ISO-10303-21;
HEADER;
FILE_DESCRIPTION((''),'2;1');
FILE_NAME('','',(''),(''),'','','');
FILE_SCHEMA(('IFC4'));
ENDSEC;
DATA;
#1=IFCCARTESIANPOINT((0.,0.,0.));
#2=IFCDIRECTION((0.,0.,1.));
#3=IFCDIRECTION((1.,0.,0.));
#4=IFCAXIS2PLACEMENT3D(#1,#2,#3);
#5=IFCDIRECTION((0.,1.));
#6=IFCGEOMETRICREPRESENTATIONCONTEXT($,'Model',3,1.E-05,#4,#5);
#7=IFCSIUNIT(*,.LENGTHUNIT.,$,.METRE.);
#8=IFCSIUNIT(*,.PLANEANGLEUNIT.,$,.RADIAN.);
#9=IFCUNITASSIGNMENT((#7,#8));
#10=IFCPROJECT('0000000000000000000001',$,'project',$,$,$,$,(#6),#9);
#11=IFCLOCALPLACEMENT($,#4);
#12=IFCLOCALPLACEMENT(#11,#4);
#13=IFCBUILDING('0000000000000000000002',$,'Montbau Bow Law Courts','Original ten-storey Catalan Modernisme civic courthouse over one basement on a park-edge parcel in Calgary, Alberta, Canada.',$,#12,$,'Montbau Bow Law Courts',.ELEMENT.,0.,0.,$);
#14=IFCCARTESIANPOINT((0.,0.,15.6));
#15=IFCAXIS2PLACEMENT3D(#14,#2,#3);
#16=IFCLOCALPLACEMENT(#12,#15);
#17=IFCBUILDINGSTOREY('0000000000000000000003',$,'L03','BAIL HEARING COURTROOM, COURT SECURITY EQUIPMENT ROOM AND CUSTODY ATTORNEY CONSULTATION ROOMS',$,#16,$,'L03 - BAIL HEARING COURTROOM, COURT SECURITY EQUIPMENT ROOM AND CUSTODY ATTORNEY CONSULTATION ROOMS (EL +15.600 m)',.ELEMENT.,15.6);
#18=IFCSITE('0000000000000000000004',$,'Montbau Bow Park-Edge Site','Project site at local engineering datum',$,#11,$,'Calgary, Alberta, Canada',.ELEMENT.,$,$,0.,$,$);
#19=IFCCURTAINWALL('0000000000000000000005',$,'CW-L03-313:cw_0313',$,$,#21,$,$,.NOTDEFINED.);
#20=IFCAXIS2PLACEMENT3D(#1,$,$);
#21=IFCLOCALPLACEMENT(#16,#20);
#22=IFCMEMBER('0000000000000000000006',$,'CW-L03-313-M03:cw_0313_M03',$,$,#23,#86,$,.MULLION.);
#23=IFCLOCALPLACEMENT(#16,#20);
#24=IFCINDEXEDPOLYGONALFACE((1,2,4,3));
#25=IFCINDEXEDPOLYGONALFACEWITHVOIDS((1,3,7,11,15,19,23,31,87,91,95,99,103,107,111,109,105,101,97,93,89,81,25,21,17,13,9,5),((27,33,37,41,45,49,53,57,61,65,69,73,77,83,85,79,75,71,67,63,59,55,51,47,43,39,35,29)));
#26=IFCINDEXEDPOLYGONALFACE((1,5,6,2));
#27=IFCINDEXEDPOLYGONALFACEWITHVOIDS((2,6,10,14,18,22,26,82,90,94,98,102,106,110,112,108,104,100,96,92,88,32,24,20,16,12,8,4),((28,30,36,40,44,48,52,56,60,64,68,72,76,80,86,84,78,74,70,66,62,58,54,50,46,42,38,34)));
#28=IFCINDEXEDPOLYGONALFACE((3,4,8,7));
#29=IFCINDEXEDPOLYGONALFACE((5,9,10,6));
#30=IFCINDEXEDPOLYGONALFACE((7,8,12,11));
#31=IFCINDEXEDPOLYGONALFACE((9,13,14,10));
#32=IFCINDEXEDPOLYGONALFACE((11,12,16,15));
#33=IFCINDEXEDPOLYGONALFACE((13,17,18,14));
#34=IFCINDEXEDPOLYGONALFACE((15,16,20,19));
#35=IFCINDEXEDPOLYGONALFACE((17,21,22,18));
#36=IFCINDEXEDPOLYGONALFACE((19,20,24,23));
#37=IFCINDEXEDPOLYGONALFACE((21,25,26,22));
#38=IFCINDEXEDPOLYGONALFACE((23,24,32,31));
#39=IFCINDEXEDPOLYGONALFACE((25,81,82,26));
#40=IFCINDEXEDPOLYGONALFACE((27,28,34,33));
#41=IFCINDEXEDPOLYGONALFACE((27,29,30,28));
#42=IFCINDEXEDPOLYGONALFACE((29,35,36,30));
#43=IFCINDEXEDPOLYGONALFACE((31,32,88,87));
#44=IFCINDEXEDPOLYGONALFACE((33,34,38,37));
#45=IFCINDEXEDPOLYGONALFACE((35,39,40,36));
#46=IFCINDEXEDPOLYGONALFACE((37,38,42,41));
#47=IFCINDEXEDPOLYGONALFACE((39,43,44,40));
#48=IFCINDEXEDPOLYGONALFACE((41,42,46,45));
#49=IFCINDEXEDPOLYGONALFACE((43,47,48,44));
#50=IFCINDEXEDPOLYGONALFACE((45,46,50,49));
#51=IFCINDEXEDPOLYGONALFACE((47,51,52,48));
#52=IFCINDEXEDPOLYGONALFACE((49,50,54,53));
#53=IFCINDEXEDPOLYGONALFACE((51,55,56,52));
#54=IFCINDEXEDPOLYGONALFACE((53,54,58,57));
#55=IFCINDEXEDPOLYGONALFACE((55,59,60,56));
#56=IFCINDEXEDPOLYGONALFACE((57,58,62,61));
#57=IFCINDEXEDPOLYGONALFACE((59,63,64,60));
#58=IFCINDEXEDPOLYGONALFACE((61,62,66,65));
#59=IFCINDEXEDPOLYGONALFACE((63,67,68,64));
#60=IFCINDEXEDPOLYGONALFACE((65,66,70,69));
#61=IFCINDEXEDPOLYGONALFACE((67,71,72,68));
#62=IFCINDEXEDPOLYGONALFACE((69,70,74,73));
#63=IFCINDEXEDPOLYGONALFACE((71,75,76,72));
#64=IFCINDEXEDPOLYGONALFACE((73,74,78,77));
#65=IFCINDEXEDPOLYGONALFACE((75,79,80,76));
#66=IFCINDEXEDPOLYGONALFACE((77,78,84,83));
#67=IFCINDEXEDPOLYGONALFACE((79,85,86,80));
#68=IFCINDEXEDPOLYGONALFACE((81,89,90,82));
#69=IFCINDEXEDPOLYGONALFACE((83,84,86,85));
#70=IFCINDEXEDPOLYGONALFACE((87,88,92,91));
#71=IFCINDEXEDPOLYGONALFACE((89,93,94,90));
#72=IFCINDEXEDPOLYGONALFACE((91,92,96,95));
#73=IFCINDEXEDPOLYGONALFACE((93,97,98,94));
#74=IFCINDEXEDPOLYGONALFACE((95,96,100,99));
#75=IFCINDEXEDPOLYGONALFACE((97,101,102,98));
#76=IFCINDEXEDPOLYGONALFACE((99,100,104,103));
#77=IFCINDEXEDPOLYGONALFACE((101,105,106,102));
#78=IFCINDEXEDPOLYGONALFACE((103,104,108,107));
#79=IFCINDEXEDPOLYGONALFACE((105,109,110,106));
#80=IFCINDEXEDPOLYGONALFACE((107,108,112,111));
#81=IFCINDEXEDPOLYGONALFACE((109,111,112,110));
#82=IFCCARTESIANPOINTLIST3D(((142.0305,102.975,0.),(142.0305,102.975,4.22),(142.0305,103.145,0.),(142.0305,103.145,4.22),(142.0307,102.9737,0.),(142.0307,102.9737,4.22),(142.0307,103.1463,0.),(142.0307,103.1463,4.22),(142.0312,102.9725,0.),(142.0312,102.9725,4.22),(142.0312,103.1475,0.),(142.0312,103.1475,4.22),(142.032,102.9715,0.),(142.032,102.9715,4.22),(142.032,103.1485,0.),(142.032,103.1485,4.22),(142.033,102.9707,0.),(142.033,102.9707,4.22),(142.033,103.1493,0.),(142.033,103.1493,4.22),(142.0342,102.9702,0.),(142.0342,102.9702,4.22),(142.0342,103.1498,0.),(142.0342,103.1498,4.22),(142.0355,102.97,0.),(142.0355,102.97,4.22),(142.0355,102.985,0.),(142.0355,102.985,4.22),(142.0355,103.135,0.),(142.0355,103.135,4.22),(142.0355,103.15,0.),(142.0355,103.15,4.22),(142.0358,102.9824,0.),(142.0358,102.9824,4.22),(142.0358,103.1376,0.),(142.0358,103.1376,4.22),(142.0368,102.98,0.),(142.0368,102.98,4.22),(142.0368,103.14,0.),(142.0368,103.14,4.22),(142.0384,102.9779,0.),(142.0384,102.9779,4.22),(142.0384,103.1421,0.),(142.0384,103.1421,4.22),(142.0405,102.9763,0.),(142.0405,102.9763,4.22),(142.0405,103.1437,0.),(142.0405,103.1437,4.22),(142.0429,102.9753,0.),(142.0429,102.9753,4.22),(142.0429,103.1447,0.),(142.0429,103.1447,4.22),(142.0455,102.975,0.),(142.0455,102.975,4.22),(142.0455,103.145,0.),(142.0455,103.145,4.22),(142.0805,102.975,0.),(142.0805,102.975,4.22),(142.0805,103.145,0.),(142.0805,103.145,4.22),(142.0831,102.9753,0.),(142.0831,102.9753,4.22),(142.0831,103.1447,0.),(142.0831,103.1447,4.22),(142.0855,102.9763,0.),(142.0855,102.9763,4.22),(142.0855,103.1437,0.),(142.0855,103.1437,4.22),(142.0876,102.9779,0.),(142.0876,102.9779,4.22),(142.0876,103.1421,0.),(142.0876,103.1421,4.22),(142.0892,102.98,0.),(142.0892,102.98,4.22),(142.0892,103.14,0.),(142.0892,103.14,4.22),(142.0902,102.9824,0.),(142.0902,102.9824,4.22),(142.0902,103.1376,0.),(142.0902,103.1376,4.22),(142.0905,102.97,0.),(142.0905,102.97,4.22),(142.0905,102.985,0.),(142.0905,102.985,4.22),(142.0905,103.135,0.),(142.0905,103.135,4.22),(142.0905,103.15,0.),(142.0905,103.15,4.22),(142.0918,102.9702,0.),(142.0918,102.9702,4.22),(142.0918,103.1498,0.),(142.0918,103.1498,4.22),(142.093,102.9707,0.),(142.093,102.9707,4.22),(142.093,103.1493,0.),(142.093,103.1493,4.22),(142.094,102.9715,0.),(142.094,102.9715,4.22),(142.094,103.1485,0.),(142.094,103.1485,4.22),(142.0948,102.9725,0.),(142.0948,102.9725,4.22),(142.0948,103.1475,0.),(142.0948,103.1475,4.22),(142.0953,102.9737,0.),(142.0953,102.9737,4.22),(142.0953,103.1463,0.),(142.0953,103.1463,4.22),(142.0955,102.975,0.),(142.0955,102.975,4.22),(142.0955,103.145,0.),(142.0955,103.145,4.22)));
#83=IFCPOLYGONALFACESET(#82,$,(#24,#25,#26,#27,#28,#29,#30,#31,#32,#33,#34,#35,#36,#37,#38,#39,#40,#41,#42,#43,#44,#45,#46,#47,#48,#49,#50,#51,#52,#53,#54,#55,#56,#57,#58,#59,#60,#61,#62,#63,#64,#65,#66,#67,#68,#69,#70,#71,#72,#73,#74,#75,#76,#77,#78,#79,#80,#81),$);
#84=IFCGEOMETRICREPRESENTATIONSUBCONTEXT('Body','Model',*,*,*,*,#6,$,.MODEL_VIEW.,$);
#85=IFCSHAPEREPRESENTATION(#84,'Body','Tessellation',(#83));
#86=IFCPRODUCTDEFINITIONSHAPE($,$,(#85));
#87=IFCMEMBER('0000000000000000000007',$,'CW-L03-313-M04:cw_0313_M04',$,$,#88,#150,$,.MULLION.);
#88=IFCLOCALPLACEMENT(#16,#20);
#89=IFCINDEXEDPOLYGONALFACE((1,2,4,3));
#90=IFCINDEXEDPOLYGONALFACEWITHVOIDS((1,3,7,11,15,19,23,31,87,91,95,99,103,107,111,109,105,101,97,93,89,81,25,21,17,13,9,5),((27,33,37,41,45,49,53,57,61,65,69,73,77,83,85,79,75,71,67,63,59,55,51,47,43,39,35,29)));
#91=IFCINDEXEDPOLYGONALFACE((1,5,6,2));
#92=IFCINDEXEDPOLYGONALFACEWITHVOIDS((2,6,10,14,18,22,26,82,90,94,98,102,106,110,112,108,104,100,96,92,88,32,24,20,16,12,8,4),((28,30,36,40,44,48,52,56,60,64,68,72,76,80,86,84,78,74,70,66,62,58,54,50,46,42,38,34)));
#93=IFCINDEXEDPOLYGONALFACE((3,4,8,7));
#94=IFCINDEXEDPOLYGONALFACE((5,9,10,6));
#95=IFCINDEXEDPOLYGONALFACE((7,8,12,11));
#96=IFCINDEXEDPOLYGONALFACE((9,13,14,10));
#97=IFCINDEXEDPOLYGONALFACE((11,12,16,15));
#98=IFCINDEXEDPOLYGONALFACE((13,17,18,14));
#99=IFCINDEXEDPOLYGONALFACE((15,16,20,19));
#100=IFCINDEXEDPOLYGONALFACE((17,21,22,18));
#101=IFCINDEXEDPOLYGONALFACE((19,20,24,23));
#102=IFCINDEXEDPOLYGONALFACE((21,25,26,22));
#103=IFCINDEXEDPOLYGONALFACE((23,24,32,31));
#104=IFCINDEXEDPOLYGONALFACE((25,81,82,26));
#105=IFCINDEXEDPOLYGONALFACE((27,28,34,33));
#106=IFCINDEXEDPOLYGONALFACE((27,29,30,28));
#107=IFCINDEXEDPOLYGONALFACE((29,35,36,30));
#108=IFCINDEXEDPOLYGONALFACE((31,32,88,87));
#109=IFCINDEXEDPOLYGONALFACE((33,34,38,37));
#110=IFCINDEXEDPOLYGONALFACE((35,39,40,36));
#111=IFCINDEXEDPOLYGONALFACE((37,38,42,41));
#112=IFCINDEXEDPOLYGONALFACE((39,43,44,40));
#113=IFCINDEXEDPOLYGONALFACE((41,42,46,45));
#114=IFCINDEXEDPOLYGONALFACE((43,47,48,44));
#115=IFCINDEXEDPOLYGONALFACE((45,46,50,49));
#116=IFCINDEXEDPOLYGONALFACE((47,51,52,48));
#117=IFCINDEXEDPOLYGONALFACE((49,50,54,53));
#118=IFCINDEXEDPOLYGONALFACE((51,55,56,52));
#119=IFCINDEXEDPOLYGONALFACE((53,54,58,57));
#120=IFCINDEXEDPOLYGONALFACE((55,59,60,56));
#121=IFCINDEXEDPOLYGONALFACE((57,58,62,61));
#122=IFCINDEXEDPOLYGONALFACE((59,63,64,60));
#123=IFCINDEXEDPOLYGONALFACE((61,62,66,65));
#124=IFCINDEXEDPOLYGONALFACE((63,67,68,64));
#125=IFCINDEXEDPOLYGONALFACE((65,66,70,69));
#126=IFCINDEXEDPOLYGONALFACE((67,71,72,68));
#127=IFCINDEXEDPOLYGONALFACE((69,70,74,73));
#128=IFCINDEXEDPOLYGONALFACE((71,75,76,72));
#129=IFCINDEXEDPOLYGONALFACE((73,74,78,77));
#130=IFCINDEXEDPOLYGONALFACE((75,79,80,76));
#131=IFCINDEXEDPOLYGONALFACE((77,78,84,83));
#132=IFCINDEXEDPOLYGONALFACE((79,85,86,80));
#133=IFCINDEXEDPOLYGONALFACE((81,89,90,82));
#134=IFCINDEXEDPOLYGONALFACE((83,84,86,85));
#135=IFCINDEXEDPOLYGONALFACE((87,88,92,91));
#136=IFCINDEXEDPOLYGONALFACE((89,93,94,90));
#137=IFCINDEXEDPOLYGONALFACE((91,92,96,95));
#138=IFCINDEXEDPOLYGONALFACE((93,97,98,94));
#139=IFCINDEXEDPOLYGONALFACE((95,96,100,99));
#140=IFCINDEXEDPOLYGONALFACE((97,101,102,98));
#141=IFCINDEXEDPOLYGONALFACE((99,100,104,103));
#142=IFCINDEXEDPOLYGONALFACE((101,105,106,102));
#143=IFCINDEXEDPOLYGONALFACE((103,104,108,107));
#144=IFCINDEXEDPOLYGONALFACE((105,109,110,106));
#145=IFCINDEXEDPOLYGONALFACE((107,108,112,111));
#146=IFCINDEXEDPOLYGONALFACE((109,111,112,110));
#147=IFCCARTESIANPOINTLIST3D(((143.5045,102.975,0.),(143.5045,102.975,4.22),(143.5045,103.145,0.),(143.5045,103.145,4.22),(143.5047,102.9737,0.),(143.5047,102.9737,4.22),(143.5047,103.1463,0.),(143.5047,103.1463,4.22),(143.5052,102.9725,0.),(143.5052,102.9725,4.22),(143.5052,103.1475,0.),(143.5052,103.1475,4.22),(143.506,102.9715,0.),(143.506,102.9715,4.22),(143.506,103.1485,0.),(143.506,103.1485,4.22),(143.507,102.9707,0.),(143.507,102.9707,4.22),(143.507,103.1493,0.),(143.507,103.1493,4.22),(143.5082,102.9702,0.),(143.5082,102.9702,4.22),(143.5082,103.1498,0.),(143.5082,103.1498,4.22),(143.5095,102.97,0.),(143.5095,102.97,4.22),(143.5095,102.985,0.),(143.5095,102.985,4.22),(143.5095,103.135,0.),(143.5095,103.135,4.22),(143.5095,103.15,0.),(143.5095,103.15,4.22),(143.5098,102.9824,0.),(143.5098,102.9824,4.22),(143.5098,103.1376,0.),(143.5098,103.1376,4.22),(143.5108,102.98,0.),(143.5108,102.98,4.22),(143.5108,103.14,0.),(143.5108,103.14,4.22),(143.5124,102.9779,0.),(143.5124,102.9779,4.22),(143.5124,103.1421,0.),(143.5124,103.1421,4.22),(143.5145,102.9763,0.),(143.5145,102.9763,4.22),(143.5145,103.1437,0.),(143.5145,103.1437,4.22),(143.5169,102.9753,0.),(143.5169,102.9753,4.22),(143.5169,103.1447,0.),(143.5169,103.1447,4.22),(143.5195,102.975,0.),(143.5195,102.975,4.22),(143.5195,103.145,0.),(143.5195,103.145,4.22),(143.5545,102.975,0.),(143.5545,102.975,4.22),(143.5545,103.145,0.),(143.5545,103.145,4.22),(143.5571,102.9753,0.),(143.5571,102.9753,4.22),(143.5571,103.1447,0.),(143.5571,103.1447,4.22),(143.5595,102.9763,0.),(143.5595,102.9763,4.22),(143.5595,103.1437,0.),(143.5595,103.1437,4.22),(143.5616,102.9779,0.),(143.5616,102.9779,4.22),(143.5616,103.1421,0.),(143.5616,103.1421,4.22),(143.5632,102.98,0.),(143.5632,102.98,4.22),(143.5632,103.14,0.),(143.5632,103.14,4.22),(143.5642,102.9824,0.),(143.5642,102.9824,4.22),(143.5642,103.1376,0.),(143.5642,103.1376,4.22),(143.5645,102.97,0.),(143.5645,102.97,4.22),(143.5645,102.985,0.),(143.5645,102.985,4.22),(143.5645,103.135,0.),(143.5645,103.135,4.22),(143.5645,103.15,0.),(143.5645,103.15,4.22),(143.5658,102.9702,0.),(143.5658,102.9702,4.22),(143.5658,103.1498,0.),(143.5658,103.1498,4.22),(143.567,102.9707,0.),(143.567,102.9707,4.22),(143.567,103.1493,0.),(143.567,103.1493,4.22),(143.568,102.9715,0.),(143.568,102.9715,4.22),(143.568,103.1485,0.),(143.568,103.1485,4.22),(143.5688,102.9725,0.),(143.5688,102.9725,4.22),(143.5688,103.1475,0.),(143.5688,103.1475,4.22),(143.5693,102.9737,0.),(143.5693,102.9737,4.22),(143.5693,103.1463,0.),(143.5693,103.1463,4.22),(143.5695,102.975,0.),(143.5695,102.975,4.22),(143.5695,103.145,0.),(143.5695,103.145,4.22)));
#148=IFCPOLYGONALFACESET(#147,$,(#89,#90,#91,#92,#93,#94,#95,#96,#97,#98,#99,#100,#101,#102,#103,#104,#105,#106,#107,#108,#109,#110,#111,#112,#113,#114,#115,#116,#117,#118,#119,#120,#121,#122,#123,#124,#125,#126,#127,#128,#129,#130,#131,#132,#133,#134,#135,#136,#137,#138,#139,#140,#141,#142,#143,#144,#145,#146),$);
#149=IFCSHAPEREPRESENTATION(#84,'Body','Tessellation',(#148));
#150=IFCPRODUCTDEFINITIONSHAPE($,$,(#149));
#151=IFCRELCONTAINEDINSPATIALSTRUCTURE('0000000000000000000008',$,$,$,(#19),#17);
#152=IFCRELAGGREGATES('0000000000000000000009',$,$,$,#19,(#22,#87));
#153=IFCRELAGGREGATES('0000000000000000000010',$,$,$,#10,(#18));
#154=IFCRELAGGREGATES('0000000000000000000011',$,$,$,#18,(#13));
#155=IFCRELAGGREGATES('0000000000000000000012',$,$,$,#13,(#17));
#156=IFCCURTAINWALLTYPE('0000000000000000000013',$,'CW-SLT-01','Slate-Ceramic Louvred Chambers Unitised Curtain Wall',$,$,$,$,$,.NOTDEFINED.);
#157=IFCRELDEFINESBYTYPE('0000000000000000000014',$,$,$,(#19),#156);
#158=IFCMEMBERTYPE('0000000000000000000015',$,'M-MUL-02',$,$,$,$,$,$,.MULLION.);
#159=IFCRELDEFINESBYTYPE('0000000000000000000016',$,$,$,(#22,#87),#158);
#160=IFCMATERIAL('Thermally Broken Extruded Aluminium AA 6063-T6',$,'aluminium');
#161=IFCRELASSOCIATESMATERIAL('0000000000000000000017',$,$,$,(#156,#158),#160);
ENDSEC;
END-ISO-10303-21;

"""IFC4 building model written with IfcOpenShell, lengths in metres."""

from ifc_helpers import new_model, si_unit, direction, frame, origin_with_axes, origin_2d_with_axis, place, context, subcontext, project, spatial, hollow_rectangle, extrude, material, material_profile, profile_set, type_object, element, aggregate, save


model = new_model("IFC4")

# Units and contexts
model_context = context("Model", 3, precision=1e-05, world=origin_with_axes(), true_north=direction((0.0, 1.0)))
body_context = subcontext(model_context, "Body", "Model", "MODEL_VIEW")
ifc_project = project(units=[si_unit("LENGTHUNIT", "METRE"), si_unit("PLANEANGLEUNIT", "RADIAN")], contexts=[model_context])

# Site, building, storey
site_placement = place(None, origin_with_axes())
site = spatial("IfcSite", under=ifc_project, at=site_placement, Name="Montbau Bow Park-Edge Site", Description="Project site at local engineering datum", LongName="Calgary, Alberta, Canada", CompositionType="ELEMENT", RefElevation=0.0)
building_placement = place(site_placement, origin_with_axes())
building = spatial("IfcBuilding", under=site, at=building_placement, Name="Montbau Bow Law Courts", Description="Original ten-storey Catalan Modernisme civic courthouse over one basement on a park-edge parcel in Calgary, Alberta, Canada.", LongName="Montbau Bow Law Courts", CompositionType="ELEMENT", ElevationOfRefHeight=0.0, ElevationOfTerrain=0.0)
storey_placement = place(building_placement, frame((0.0, 0.0, 15.6), z_axis=(0.0, 0.0, 1.0), x_axis=(1.0, 0.0, 0.0)))
storey = spatial("IfcBuildingStorey", under=building, at=storey_placement, Name="L03", Description="BAIL HEARING COURTROOM, COURT SECURITY EQUIPMENT ROOM AND CUSTODY ATTORNEY CONSULTATION ROOMS", LongName="L03 - BAIL HEARING COURTROOM, COURT SECURITY EQUIPMENT ROOM AND CUSTODY ATTORNEY CONSULTATION ROOMS (EL +15.600 m)", CompositionType="ELEMENT", Elevation=15.6)

# Curtain wall, members
ifc_material_1 = material(Name="Thermally Broken Extruded Aluminium AA 6063-T6", Category="aluminium")
curtain_wall_type = type_object("IfcCurtainWallType", Name="CW-SLT-01", Description="Slate-Ceramic Louvred Chambers Unitised Curtain Wall", PredefinedType="NOTDEFINED", material=ifc_material_1)
curtain_wall_placement = place(None, frame((139.115, 103.06, 15.6), z_axis=(0.0, 0.0, 1.0), x_axis=(1.0, 0.0, 0.0)))
curtain_wall = element("IfcCurtainWall", 1, at=curtain_wall_placement, inside=storey, type_object=curtain_wall_type, Name="CW-L03-313:cw_0313", PredefinedType="NOTDEFINED")
ifc_material_profile_1 = material_profile(ifc_material_1, hollow_rectangle(XDim=0.065, YDim=0.18, WallThickness=0.005, InnerFilletRadius=0.01, OuterFilletRadius=0.005, at=origin_2d_with_axis()), Name="CWM-180X65", Category="Main", Priority=0)
ifc_profile_set_1 = profile_set([ifc_material_profile_1], Name="Thermally Broken Extruded Aluminium AA 6063-T6")
member_type_1 = type_object("IfcMemberType", Name="M-MUL-02", PredefinedType="MULLION", material=ifc_profile_set_1)
member_1_placement = place(None, frame((142.063, 103.06, 15.6), z_axis=(0.0, 0.0, 1.0), x_axis=(1.0, 0.0, 0.0)))
member_1 = element("IfcMember", 2, at=member_1_placement, type_object=member_type_1, Name="CW-L03-313-M03:cw_0313_M03", PredefinedType="MULLION", context=body_context, shape_type="SweptSolid", body=[
    extrude(hollow_rectangle(XDim=0.065, YDim=0.18, WallThickness=0.005, InnerFilletRadius=0.01, OuterFilletRadius=0.005, at=origin_2d_with_axis()), origin_with_axes(), (0.0, 0.0, 1.0), 4.22),
])
member_2_placement = place(None, frame((143.537, 103.06, 15.6), z_axis=(0.0, 0.0, 1.0), x_axis=(1.0, 0.0, 0.0)))
member_2 = element("IfcMember", 3, at=member_2_placement, type_object=member_type_1, Name="CW-L03-313-M04:cw_0313_M04", PredefinedType="MULLION", context=body_context, shape_type="SweptSolid", body=[
    extrude(hollow_rectangle(XDim=0.065, YDim=0.18, WallThickness=0.005, InnerFilletRadius=0.01, OuterFilletRadius=0.005, at=origin_2d_with_axis()), origin_with_axes(), (0.0, 0.0, 1.0), 4.22),
])
aggregate(curtain_wall, [member_1, member_2])

save(model, "model.ifc")
